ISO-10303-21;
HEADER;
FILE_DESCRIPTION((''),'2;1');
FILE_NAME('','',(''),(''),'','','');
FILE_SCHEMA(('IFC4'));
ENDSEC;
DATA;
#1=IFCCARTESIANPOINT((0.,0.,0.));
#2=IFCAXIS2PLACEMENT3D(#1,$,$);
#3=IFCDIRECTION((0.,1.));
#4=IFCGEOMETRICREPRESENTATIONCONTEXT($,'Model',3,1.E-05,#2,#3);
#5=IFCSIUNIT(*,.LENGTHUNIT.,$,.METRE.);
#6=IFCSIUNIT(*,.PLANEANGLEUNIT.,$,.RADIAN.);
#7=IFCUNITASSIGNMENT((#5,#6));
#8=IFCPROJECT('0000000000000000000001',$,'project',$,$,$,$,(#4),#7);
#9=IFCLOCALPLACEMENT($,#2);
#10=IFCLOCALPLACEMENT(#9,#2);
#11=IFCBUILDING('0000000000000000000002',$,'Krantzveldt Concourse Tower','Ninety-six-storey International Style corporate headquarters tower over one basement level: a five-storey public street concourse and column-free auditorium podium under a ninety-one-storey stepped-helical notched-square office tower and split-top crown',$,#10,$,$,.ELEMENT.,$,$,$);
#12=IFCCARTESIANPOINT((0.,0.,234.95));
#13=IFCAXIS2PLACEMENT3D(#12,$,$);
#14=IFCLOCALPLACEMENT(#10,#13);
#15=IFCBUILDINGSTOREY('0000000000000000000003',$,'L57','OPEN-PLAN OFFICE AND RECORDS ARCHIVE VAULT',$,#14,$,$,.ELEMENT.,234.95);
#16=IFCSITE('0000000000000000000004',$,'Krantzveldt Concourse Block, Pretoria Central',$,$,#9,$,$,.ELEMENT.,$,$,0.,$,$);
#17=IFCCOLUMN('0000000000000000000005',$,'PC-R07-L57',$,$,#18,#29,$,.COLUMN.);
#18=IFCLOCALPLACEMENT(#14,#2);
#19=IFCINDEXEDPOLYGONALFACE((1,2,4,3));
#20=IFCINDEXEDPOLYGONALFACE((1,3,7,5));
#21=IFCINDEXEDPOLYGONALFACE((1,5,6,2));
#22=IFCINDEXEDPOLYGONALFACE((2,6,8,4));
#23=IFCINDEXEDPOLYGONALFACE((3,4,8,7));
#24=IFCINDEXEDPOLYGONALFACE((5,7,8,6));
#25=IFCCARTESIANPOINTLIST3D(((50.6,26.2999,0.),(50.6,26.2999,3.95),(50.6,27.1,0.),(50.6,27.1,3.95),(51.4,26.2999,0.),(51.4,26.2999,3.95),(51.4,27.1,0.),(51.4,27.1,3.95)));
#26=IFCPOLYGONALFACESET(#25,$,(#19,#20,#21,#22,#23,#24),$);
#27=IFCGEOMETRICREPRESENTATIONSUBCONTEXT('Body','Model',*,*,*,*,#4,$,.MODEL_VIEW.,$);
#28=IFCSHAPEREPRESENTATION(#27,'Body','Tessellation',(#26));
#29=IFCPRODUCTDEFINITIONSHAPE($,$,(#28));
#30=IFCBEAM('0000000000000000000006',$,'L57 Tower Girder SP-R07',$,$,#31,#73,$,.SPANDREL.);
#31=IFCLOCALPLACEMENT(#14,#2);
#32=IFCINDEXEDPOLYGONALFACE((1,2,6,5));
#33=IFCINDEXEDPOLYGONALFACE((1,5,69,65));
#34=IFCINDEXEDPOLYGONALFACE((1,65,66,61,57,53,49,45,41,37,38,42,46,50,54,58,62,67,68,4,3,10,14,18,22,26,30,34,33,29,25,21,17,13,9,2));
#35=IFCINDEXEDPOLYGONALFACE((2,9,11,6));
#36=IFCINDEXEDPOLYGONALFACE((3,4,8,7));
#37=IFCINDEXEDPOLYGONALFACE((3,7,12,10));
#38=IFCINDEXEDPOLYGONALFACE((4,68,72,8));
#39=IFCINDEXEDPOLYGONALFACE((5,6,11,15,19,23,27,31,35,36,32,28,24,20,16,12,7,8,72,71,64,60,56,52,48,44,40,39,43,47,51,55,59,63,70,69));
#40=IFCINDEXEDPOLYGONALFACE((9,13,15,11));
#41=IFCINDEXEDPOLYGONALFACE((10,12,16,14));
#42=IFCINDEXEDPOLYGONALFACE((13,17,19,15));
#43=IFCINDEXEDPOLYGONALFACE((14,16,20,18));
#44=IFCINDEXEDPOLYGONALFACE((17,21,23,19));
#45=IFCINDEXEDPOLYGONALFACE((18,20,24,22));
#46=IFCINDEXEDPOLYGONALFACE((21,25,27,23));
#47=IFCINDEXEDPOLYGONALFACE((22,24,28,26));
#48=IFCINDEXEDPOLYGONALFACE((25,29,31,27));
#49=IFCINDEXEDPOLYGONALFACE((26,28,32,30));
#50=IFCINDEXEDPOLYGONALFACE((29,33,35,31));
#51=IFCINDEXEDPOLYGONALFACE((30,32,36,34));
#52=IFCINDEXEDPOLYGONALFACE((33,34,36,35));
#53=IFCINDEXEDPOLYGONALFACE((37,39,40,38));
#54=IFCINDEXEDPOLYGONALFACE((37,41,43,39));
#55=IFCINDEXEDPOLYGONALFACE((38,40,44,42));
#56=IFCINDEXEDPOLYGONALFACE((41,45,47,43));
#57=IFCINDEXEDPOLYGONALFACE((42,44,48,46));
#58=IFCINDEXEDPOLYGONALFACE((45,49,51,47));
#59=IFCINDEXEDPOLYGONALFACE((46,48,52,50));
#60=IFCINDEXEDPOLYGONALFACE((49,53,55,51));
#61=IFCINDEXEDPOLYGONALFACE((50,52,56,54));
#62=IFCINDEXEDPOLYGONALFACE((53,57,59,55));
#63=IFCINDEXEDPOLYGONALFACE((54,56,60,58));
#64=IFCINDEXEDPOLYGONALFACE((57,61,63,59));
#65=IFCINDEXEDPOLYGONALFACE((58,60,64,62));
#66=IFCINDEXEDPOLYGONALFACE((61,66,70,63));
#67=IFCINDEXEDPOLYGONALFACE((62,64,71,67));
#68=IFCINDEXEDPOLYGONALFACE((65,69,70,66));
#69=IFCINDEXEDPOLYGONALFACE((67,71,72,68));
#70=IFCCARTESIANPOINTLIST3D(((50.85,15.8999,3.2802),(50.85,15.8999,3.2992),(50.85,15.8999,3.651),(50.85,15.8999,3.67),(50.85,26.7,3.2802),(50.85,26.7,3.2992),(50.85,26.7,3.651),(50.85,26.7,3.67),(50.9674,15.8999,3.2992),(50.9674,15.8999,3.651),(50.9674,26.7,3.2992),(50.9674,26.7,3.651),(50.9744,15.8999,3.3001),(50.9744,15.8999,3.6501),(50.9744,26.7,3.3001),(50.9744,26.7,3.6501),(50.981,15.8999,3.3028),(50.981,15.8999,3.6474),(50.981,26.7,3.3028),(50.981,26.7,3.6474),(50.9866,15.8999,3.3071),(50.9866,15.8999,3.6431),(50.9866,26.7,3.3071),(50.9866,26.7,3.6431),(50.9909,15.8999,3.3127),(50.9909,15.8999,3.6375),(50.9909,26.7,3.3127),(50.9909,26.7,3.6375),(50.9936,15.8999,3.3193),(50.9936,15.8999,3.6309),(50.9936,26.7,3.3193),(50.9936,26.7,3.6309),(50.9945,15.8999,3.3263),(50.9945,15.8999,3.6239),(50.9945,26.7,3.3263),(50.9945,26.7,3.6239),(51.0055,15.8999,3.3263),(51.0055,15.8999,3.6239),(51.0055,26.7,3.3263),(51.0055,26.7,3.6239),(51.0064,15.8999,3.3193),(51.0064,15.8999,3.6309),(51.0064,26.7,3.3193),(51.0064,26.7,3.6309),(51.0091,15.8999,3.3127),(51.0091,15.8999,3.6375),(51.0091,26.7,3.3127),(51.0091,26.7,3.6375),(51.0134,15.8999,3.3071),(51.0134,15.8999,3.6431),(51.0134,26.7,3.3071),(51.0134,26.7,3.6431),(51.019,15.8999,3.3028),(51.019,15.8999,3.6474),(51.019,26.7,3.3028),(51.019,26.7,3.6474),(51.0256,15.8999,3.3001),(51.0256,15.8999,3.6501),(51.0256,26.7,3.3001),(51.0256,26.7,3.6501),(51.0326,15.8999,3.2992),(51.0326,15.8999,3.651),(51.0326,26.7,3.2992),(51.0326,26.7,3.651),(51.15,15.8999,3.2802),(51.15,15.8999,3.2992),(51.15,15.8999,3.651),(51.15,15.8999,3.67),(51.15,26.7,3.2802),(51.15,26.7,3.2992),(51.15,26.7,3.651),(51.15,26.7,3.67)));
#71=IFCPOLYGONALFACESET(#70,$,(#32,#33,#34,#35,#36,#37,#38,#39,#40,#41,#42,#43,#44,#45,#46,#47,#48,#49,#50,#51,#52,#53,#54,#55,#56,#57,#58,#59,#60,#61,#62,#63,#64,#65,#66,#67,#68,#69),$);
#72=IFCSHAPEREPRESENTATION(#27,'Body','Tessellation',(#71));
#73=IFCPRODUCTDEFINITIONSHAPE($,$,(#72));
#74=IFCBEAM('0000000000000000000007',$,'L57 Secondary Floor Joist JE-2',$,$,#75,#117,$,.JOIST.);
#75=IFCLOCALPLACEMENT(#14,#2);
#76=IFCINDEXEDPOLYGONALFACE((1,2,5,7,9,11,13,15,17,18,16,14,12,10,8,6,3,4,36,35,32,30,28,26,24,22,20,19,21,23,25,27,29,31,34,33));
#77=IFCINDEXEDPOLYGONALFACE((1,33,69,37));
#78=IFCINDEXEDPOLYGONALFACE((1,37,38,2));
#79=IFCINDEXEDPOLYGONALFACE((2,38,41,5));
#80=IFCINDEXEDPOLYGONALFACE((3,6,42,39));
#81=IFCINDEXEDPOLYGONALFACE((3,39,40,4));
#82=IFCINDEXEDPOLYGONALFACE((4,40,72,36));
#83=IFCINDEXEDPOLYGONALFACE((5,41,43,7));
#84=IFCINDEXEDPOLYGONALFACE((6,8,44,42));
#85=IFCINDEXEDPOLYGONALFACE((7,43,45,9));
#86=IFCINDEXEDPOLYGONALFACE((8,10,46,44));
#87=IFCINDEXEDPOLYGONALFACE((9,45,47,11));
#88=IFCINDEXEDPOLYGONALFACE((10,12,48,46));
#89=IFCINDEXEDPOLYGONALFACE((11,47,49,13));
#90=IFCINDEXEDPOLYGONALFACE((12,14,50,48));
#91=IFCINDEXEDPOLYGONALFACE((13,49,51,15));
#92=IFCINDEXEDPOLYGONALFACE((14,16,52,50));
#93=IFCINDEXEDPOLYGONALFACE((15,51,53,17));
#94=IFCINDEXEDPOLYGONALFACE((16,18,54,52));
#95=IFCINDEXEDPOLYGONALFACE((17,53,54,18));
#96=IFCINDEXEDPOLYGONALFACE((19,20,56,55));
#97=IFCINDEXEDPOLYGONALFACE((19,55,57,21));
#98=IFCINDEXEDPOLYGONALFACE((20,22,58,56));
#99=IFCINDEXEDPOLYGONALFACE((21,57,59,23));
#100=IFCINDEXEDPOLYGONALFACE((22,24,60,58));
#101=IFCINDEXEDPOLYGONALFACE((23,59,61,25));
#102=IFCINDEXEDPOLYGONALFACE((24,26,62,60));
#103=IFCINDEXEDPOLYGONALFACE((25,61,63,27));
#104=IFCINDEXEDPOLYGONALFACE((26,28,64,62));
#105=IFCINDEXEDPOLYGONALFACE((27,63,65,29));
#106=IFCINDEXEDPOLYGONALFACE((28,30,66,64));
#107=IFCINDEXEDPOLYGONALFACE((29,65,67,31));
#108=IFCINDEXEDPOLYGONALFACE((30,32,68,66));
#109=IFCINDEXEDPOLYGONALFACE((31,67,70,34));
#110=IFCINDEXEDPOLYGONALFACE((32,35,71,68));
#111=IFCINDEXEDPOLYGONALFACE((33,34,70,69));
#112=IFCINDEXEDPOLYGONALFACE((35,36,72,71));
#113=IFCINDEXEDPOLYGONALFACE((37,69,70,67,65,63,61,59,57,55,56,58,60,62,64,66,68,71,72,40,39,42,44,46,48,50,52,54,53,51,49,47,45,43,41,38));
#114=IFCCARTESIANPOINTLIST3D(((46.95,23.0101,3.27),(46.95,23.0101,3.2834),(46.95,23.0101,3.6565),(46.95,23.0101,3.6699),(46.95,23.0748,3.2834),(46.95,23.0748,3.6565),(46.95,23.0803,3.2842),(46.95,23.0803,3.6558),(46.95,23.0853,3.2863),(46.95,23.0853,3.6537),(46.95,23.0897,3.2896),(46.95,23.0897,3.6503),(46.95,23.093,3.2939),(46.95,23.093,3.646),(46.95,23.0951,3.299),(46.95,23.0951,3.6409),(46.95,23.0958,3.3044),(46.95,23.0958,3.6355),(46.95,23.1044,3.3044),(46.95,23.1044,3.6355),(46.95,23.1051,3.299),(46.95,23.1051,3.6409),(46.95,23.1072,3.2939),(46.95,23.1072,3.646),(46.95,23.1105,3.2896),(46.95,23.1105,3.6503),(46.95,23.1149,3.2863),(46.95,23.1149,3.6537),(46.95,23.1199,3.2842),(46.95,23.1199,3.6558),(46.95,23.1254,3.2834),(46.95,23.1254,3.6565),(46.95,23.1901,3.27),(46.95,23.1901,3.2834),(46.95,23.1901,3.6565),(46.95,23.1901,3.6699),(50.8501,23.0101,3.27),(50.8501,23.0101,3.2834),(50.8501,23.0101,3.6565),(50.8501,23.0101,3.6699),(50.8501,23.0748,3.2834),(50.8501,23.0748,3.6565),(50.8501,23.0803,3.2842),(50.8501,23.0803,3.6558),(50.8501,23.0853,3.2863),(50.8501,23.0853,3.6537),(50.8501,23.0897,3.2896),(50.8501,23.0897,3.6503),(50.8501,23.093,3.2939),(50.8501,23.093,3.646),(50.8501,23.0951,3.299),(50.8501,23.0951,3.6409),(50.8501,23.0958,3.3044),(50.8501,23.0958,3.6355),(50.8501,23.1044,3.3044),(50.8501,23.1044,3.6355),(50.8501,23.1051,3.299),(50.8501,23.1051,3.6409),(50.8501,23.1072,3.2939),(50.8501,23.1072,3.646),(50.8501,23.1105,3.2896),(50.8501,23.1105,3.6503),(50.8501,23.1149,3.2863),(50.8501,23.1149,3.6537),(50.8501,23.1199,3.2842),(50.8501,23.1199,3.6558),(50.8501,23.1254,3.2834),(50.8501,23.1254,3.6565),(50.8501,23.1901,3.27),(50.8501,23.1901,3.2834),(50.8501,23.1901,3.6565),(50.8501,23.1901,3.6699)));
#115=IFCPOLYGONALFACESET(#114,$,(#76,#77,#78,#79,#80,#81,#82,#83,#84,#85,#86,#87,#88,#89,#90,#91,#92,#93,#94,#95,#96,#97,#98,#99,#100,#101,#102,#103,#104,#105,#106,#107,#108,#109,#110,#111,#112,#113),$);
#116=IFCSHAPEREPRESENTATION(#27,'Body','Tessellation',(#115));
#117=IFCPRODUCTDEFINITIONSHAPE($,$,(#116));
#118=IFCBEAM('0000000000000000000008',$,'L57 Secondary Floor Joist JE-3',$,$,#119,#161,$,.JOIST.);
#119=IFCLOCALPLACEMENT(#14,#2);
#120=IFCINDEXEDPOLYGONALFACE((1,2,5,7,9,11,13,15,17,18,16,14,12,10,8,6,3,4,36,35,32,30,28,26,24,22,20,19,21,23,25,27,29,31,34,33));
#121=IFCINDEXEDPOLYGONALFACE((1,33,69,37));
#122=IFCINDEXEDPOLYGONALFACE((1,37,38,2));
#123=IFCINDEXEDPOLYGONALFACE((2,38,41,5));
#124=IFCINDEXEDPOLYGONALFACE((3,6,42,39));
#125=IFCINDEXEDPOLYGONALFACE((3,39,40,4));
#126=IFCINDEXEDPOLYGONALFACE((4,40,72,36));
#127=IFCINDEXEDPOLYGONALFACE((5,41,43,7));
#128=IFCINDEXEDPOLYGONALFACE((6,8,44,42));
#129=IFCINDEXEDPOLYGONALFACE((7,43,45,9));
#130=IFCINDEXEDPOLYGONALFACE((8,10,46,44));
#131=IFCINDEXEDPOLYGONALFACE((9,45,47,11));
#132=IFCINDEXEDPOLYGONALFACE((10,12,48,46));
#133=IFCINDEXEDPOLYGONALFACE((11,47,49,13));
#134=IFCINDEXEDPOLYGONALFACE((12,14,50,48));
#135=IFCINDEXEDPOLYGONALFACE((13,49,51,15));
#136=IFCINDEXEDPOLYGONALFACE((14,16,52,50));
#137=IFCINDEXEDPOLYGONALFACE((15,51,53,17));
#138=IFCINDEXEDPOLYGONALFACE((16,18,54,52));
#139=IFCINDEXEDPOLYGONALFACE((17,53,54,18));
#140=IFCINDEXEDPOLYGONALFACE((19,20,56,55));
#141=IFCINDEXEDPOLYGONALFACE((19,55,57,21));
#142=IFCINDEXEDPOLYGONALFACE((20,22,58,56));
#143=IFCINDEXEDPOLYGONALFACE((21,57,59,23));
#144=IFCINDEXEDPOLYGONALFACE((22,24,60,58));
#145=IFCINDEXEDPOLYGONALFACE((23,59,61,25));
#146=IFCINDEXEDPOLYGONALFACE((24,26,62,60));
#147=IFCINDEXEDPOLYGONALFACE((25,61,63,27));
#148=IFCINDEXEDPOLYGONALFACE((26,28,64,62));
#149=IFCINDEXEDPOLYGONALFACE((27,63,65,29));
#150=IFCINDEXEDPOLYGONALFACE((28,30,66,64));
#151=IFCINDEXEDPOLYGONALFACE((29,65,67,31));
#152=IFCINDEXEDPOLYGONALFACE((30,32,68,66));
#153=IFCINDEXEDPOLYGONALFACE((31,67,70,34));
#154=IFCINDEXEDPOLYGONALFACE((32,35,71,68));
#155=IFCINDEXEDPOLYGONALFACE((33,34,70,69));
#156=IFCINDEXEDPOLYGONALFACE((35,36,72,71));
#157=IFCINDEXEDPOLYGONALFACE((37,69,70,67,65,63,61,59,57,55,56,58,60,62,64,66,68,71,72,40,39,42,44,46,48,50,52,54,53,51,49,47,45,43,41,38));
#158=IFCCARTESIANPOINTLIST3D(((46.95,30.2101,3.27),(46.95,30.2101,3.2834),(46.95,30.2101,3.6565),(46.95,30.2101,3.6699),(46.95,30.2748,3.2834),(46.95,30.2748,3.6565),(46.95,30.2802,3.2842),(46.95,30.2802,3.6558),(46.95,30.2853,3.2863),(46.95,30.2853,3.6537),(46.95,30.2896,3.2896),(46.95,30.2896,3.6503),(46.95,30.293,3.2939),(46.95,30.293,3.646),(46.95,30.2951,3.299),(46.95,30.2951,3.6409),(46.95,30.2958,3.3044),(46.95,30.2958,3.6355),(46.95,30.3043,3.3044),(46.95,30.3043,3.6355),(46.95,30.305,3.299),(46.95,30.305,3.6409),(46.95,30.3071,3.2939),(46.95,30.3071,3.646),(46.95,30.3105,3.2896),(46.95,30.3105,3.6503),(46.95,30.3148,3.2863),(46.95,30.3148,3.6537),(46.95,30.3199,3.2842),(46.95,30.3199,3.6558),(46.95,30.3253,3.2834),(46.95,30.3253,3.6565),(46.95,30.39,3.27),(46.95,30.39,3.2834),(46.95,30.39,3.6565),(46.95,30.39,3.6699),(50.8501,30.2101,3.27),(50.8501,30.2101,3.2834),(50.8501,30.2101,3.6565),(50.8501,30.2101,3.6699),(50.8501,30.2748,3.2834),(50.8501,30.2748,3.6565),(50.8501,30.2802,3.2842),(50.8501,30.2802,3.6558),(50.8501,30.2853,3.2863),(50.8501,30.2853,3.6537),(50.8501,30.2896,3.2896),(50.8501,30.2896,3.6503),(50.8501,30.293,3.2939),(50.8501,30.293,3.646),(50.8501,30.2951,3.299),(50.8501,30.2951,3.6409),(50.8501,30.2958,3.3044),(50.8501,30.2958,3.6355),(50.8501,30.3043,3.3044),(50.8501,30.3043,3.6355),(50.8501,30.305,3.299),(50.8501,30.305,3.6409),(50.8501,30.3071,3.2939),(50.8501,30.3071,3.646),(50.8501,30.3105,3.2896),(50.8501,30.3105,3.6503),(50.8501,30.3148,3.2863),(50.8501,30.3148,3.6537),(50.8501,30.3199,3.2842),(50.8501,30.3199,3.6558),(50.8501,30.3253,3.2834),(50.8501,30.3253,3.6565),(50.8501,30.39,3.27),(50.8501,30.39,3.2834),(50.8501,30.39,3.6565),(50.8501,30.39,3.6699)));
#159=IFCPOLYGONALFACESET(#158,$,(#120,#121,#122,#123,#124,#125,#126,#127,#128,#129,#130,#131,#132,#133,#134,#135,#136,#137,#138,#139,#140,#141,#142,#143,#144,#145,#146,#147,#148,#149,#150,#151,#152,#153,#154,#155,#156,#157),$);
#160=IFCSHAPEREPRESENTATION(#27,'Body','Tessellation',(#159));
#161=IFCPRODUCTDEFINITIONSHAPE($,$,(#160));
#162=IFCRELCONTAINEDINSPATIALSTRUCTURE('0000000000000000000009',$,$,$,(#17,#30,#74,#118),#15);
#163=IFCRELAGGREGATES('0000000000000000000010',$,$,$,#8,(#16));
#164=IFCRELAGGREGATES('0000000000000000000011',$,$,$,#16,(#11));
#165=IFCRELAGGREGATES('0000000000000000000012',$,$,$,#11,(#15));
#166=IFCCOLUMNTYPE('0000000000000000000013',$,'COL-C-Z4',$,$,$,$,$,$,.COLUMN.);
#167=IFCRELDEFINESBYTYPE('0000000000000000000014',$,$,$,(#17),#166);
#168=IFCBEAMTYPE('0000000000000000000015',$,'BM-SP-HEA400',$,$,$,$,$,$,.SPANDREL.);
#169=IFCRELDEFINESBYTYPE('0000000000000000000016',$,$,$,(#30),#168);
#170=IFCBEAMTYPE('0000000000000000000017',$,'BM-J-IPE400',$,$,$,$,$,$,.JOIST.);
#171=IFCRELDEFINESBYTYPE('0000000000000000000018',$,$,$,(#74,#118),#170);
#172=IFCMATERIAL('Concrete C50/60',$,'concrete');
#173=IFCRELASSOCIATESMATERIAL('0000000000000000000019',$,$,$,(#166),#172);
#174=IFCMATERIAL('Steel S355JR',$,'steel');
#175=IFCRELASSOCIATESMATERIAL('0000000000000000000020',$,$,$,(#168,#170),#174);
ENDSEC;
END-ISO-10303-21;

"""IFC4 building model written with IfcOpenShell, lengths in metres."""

from ifc_helpers import new_model, si_unit, direction, frame, origin, origin_2d, place, context, subcontext, project, spatial, rectangle, i_section, extrude, source, transform, mapped, material, material_profile, profile_set, type_object, type_shapes, element, save


model = new_model("IFC4")

# Units and contexts
model_context = context("Model", 3, precision=1e-05, world=origin(), true_north=direction((0.0, 1.0)))
body_context = subcontext(model_context, "Body", "Model", "MODEL_VIEW")
ifc_project = project(units=[si_unit("LENGTHUNIT", "METRE"), si_unit("PLANEANGLEUNIT", "RADIAN")], contexts=[model_context])

# Site, building, storey
site_placement = place(None, origin())
site = spatial("IfcSite", under=ifc_project, at=site_placement, Name="Krantzveldt Concourse Block, Pretoria Central", CompositionType="ELEMENT", RefElevation=0.0)
building_placement = place(site_placement, origin())
building = spatial("IfcBuilding", under=site, at=building_placement, Name="Krantzveldt Concourse Tower", Description="Ninety-six-storey International Style corporate headquarters tower over one basement level: a five-storey public street concourse and column-free auditorium podium under a ninety-one-storey stepped-helical notched-square office tower and split-top crown", CompositionType="ELEMENT")
storey_placement = place(building_placement, frame((0.0, 0.0, 234.95)))
storey = spatial("IfcBuildingStorey", under=building, at=storey_placement, Name="L57", Description="OPEN-PLAN OFFICE AND RECORDS ARCHIVE VAULT", CompositionType="ELEMENT", Elevation=234.95)

# Column
ifc_material_1 = material(Name="Concrete C50/60", Category="concrete")
ifc_material_profile_1 = material_profile(ifc_material_1, rectangle(XDim=0.8, YDim=0.8, at=origin_2d()), Name="Concrete C50/60", Category="concrete")
ifc_profile_set_1 = profile_set([ifc_material_profile_1], Name="Concrete C50/60 - RC 800x800")
column_type = type_object("IfcColumnType", Name="COL-C-Z4", PredefinedType="COLUMN", material=ifc_profile_set_1)
shared_shape_1 = source(origin(), body_context, "Body", "SweptSolid", [
    extrude(rectangle(XDim=0.8, YDim=0.8, at=origin_2d()), origin(), (0.0, 0.0, 1.0), 3.95),
])
type_shapes(column_type, [shared_shape_1])
column_placement = place(storey_placement, frame((51.0, 26.7, 0.0), z_axis=(0.0, 0.0, 1.0), x_axis=(1.0, 0.0, 0.0)))
element("IfcColumn", 1, at=column_placement, inside=storey, type_object=column_type, Name="PC-R07-L57", PredefinedType="COLUMN", context=body_context, shape_type="MappedRepresentation", body=[
    mapped(shared_shape_1, transform((0.0, 0.0, 0.0), x_axis=(1.0, 0.0, 0.0), y_axis=(0.0, 1.0, 0.0), z_axis=(0.0, 0.0, 1.0), scale=1.0)),
])

# Beams
ifc_material_2 = material(Name="Steel S355JR", Category="steel")
ifc_material_profile_2 = material_profile(ifc_material_2, i_section(OverallWidth=0.3, OverallDepth=0.3899, WebThickness=0.011, FlangeThickness=0.019, FilletRadius=0.0271, at=origin_2d()), Name="Steel S355JR", Category="steel")
ifc_profile_set_2 = profile_set([ifc_material_profile_2], Name="Steel S355JR - HEA 400")
beam_type_1 = type_object("IfcBeamType", Name="BM-SP-HEA400", PredefinedType="SPANDREL", material=ifc_profile_set_2)
shared_shape_2 = source(origin(), body_context, "Body", "SweptSolid", [
    extrude(i_section(OverallWidth=0.3, OverallDepth=0.3899, WebThickness=0.011, FlangeThickness=0.019, FilletRadius=0.0271, at=origin_2d()), origin(), (0.0, 0.0, 1.0), 10.8),
])
type_shapes(beam_type_1, [shared_shape_2])
beam_placement = place(storey_placement, frame((51.0, 26.7, 3.4751), z_axis=(0.0, -1.0, 0.0), x_axis=(1.0, 0.0, 0.0)))
element("IfcBeam", 2, at=beam_placement, inside=storey, type_object=beam_type_1, Name="L57 Tower Girder SP-R07", PredefinedType="SPANDREL", context=body_context, shape_type="MappedRepresentation", body=[
    mapped(shared_shape_2, transform((0.0, 0.0, 0.0), x_axis=(1.0, 0.0, 0.0), y_axis=(0.0, 1.0, 0.0), z_axis=(0.0, 0.0, 1.0), scale=1.0)),
])
ifc_material_profile_3 = material_profile(ifc_material_2, i_section(OverallWidth=0.1799, OverallDepth=0.3999, WebThickness=0.0085, FlangeThickness=0.0134, FilletRadius=0.021, at=origin_2d()), Name="Steel S355JR", Category="steel")
ifc_profile_set_3 = profile_set([ifc_material_profile_3], Name="Steel S355JR - IPE 400")
beam_type_2 = type_object("IfcBeamType", Name="BM-J-IPE400", PredefinedType="JOIST", material=ifc_profile_set_3)
shared_shape_3 = source(origin(), body_context, "Body", "SweptSolid", [
    extrude(i_section(OverallWidth=0.1799, OverallDepth=0.3999, WebThickness=0.0085, FlangeThickness=0.0134, FilletRadius=0.021, at=origin_2d()), origin(), (0.0, 0.0, 1.0), 3.9001),
])
type_shapes(beam_type_2, [shared_shape_3])
for number, where, z_axis, x_axis, name in (
    (3, (46.95, 23.1001, 3.47), (1.0, 0.0, 0.0), (0.0, 1.0, 0.0), "L57 Secondary Floor Joist JE-2"),
    (4, (46.95, 30.3, 3.47), (1.0, 0.0, 0.0), (0.0, 1.0, 0.0), "L57 Secondary Floor Joist JE-3"),
):
    element("IfcBeam", number, at=place(storey_placement, frame(where, z_axis=z_axis, x_axis=x_axis)), inside=storey, type_object=beam_type_2, Name=name, PredefinedType="JOIST", context=body_context, shape_type="MappedRepresentation", body=[
        mapped(shared_shape_3, transform((0.0, 0.0, 0.0), x_axis=(1.0, 0.0, 0.0), y_axis=(0.0, 1.0, 0.0), z_axis=(0.0, 0.0, 1.0), scale=1.0)),
    ])

save(model, "model.ifc")
